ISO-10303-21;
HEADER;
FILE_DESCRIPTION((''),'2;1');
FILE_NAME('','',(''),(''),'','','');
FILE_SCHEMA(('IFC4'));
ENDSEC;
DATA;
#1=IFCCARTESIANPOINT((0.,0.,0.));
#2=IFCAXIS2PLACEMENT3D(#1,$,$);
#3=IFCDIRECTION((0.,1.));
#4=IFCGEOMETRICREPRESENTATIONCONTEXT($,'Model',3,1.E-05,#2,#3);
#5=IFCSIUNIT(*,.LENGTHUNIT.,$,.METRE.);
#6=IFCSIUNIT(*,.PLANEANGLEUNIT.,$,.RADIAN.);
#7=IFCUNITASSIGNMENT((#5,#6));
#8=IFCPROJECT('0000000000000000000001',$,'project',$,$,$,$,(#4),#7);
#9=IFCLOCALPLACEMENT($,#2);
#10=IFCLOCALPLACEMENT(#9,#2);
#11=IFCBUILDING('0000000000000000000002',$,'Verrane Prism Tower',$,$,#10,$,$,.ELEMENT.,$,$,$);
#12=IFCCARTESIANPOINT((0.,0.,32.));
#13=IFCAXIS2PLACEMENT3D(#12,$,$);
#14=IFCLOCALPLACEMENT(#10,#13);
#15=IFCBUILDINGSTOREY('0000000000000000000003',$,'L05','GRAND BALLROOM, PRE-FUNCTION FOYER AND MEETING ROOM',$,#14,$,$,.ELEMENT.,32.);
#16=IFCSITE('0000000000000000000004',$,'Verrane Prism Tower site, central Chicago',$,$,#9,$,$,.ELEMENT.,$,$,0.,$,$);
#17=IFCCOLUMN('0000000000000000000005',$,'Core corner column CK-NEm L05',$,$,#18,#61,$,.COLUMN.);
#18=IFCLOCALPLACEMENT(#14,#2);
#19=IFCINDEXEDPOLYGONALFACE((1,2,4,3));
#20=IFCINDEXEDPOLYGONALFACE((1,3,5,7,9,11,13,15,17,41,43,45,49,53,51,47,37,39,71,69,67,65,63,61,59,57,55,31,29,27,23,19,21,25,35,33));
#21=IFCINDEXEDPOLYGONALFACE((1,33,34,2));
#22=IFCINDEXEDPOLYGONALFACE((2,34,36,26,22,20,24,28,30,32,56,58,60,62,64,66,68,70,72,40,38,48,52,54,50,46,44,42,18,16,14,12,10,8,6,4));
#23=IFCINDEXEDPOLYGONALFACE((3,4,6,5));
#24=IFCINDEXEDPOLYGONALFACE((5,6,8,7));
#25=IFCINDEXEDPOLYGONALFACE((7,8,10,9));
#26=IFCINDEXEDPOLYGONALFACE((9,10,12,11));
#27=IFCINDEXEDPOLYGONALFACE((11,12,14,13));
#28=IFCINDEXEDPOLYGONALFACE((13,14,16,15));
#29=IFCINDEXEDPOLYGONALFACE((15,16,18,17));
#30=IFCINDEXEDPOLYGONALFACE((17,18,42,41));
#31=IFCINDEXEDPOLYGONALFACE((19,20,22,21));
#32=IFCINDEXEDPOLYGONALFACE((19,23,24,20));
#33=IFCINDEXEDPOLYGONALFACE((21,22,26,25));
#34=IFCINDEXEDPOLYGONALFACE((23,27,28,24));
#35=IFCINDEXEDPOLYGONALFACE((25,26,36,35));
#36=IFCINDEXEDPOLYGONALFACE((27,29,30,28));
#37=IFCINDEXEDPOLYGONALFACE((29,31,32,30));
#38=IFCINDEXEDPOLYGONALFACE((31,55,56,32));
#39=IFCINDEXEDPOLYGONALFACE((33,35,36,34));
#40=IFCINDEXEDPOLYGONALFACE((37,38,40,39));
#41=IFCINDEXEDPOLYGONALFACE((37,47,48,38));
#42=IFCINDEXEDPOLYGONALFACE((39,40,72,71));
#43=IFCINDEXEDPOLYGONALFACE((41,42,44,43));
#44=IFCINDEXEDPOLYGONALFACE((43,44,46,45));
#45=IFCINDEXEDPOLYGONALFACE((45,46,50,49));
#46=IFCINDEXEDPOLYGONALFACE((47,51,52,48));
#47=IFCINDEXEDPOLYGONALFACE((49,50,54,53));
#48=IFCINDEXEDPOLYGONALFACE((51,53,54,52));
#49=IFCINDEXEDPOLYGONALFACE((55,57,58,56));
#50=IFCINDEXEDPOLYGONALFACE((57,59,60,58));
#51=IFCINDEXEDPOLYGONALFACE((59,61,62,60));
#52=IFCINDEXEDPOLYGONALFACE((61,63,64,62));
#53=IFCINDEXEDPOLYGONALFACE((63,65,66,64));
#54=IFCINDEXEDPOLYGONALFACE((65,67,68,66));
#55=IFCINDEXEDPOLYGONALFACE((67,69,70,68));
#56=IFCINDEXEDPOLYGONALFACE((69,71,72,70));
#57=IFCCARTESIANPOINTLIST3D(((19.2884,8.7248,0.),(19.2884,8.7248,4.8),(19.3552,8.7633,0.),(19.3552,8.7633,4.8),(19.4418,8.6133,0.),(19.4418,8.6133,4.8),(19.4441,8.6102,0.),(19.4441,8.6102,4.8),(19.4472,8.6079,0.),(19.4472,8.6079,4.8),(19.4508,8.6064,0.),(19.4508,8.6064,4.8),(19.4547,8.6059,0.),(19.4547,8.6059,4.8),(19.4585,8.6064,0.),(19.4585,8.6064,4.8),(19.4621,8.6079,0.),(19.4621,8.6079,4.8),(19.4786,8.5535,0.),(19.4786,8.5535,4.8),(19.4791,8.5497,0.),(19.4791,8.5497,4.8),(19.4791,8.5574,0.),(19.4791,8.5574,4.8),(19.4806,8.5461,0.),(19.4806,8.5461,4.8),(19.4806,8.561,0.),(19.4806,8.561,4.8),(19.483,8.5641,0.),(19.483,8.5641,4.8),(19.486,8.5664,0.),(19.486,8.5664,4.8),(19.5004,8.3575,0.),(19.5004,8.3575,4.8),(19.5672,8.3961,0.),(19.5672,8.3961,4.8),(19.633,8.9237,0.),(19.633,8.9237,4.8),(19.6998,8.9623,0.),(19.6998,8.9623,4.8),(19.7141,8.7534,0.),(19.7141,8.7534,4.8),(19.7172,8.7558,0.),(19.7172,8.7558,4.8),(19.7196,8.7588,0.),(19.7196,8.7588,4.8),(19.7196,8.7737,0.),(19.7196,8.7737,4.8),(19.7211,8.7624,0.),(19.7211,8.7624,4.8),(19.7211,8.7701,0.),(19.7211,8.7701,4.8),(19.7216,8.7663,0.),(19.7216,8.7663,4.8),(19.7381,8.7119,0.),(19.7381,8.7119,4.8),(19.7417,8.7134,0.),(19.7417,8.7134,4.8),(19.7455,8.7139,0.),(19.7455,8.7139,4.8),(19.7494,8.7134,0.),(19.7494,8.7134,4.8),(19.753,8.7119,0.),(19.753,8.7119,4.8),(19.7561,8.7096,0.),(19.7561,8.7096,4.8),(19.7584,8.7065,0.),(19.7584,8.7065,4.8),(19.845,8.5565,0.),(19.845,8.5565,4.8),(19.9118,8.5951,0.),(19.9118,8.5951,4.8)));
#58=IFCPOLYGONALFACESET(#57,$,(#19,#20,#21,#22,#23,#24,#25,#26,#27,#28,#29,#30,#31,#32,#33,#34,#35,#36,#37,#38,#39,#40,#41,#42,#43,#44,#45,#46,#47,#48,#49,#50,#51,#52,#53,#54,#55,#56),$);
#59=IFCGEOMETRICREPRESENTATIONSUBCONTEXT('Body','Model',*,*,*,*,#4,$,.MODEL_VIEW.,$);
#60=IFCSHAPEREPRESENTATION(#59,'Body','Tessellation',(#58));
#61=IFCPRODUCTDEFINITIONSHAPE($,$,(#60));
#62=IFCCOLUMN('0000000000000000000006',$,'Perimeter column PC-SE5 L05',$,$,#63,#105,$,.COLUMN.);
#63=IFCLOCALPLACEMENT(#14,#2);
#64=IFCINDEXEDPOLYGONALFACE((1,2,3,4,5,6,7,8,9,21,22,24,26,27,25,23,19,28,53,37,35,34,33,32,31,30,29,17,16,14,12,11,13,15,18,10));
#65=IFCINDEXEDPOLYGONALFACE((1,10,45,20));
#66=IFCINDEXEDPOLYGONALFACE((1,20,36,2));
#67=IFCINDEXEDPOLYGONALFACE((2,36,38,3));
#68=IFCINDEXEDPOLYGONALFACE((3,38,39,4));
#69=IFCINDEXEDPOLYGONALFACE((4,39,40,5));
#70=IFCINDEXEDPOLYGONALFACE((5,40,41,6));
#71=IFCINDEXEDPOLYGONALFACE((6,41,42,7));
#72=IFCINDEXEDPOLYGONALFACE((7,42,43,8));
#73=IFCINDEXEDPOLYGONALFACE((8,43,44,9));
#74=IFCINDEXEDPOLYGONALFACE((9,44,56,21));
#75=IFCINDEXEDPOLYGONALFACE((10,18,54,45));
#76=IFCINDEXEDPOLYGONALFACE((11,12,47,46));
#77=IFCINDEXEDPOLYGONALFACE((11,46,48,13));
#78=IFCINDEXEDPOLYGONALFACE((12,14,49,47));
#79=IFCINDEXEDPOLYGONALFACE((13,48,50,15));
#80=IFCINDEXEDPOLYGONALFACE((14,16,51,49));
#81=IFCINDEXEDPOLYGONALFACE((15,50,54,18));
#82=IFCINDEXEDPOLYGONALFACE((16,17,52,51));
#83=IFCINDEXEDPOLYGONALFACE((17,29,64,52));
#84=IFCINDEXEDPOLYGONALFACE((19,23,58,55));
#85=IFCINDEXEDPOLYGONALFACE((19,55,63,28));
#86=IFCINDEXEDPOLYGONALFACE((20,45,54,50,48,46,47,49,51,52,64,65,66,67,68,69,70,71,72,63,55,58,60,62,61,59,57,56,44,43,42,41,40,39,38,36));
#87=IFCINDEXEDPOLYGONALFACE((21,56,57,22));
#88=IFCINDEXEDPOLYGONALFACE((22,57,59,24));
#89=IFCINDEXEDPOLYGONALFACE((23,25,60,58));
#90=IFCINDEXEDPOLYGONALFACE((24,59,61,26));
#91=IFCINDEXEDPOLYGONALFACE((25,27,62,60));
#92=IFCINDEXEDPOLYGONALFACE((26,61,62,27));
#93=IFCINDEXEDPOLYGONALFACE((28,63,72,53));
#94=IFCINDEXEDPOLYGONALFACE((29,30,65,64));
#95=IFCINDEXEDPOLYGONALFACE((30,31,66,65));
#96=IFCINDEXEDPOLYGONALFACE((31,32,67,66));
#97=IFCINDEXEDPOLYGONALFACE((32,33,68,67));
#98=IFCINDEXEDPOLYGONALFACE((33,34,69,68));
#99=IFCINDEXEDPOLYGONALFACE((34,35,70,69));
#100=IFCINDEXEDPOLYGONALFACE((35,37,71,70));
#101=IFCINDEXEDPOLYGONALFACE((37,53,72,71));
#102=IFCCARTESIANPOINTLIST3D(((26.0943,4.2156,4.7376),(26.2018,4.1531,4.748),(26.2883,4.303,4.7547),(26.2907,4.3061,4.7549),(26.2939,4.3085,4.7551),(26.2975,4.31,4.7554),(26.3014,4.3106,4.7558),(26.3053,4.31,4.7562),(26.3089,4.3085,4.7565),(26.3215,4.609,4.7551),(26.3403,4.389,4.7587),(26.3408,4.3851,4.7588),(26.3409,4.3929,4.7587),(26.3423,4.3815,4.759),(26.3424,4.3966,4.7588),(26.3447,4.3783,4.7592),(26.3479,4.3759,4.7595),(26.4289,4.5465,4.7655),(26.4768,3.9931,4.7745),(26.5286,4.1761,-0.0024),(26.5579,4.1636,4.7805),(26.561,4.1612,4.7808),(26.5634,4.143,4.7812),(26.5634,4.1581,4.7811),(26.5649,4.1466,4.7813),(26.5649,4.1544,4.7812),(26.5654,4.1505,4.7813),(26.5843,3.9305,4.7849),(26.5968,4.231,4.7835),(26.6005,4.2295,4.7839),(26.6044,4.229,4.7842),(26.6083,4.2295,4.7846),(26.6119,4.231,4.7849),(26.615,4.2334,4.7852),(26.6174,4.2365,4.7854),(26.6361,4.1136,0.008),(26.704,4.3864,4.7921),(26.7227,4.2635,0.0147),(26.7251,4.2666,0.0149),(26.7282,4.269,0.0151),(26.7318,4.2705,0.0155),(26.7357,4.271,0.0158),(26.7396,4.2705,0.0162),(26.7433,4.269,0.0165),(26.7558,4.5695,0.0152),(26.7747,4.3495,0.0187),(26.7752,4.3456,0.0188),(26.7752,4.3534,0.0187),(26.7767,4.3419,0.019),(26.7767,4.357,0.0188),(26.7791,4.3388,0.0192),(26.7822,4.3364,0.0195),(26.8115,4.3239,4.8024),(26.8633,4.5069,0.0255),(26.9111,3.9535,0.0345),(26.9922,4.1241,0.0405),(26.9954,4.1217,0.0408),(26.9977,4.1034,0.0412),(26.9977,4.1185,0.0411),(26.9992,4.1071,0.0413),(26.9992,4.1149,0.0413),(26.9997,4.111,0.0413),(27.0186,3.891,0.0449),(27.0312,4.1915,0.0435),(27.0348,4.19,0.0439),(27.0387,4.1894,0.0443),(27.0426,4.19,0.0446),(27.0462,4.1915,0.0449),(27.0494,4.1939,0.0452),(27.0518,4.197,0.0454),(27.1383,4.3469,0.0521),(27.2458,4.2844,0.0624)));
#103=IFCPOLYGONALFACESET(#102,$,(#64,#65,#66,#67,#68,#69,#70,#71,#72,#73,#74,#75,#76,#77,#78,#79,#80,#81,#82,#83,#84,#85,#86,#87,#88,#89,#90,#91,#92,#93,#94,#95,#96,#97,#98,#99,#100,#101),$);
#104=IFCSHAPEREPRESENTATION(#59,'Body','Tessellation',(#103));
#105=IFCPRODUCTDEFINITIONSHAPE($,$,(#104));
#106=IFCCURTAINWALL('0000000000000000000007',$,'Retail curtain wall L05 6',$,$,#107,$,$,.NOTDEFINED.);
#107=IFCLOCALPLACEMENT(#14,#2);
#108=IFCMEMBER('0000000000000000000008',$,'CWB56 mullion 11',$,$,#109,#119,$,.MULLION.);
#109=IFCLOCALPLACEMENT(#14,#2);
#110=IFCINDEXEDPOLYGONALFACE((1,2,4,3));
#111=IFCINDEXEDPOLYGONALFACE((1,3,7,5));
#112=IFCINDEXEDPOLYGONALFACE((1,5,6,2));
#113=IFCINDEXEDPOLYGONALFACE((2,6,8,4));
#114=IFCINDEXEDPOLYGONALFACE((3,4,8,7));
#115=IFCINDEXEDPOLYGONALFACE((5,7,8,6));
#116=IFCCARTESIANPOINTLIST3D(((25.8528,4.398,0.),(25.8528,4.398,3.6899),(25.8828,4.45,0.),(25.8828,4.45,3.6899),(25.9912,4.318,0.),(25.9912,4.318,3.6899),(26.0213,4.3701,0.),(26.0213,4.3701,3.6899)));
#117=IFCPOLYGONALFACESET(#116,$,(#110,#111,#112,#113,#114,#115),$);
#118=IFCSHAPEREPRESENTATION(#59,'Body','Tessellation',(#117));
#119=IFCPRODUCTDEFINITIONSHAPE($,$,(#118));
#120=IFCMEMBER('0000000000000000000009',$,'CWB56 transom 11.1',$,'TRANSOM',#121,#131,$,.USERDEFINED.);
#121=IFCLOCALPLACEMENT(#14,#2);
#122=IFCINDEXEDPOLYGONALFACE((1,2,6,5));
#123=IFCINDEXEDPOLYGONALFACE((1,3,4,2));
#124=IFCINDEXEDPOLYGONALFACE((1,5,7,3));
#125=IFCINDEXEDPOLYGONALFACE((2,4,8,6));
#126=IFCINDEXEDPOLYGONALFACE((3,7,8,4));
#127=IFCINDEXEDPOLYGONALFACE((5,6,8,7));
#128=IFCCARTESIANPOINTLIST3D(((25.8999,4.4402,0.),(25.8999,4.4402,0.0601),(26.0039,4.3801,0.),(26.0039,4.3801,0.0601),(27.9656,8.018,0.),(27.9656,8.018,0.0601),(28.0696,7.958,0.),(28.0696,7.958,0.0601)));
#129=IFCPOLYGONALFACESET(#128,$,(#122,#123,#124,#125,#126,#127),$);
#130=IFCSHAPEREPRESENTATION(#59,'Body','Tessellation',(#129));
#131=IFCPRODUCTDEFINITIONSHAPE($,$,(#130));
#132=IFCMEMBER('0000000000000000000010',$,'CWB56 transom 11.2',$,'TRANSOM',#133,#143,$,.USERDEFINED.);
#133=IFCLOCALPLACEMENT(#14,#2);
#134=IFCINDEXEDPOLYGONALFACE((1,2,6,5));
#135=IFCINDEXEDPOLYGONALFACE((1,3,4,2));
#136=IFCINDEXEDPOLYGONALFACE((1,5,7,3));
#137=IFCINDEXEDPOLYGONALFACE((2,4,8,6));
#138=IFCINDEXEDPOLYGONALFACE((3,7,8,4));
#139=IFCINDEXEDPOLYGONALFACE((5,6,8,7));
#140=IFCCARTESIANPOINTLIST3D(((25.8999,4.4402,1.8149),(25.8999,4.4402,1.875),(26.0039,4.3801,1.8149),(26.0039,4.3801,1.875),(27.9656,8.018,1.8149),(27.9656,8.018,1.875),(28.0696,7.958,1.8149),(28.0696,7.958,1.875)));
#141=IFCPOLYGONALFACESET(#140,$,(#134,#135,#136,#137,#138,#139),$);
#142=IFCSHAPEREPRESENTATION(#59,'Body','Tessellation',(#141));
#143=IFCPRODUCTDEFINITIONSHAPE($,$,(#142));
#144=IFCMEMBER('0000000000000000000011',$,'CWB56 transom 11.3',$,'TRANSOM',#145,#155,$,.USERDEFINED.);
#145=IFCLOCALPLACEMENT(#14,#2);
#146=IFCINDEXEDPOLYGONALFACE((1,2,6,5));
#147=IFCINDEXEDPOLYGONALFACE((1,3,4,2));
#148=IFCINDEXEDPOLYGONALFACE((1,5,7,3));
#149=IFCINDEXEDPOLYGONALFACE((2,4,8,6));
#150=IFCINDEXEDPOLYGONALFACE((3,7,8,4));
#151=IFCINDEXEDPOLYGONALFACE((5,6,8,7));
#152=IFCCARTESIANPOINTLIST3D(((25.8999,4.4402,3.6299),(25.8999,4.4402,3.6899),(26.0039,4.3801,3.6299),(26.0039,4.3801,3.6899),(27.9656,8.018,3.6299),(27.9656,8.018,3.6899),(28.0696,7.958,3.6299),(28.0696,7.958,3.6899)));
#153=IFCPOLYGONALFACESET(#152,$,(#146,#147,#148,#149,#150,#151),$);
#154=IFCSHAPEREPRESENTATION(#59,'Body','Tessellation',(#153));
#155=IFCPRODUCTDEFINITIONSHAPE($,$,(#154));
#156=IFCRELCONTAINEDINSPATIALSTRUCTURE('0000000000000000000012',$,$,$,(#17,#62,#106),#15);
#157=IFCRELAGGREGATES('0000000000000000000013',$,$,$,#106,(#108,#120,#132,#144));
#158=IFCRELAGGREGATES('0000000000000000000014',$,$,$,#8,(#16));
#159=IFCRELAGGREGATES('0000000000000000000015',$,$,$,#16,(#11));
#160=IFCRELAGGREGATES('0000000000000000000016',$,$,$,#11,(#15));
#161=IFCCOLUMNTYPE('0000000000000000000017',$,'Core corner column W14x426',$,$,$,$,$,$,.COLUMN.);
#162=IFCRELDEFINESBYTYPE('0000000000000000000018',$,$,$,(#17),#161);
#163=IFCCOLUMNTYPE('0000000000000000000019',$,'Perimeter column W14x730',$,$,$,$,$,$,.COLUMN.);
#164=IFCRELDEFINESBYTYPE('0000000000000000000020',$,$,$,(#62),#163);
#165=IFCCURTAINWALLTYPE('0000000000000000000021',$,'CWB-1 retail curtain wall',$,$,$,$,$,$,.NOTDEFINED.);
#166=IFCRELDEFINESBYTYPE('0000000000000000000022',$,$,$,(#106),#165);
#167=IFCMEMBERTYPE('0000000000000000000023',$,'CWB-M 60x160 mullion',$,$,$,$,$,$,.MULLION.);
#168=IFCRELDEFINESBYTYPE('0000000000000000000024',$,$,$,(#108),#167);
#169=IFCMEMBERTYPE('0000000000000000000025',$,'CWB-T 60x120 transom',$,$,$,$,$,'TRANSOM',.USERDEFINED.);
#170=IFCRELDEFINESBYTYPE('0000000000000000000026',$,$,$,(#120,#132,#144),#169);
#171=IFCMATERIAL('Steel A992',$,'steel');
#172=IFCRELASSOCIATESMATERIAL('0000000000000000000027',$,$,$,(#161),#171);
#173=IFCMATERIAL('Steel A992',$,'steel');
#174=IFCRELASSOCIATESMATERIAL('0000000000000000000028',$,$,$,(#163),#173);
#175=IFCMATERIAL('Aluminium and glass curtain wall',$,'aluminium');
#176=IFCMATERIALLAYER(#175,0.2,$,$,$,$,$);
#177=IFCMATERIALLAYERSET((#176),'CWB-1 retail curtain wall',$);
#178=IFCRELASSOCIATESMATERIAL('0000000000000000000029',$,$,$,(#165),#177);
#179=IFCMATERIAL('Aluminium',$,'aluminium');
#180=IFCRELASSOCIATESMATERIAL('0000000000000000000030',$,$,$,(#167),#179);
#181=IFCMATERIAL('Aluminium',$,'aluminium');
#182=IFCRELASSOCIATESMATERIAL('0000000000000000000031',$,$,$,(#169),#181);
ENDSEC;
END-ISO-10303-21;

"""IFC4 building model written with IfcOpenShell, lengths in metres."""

from ifc_helpers import new_model, si_unit, direction, frame, origin, origin_2d, place, context, subcontext, project, spatial, rectangle, i_section, extrude, material, layer, layer_set, material_profile, profile_set, type_object, element, aggregate, save


model = new_model("IFC4")

# Units and contexts
model_context = context("Model", 3, precision=1e-05, world=origin(), true_north=direction((0.0, 1.0)))
body_context = subcontext(model_context, "Body", "Model", "MODEL_VIEW")
ifc_project = project(units=[si_unit("LENGTHUNIT", "METRE"), si_unit("PLANEANGLEUNIT", "RADIAN")], contexts=[model_context])

# Site, building, storey
site_placement = place(None, origin())
site = spatial("IfcSite", under=ifc_project, at=site_placement, Name="Verrane Prism Tower site, central Chicago", CompositionType="ELEMENT", RefElevation=0.0)
building_placement = place(site_placement, origin())
building = spatial("IfcBuilding", under=site, at=building_placement, Name="Verrane Prism Tower", CompositionType="ELEMENT")
storey_placement = place(building_placement, frame((0.0, 0.0, 32.0)))
storey = spatial("IfcBuildingStorey", under=building, at=storey_placement, Name="L05", Description="GRAND BALLROOM, PRE-FUNCTION FOYER AND MEETING ROOM", CompositionType="ELEMENT", Elevation=32.0)

# Columns
ifc_material_1 = material(Name="Steel A992", Category="steel")
ifc_material_profile_1 = material_profile(ifc_material_1, i_section(OverallWidth=0.4241, OverallDepth=0.4751, WebThickness=0.0479, FlangeThickness=0.0771, FilletRadius=0.0149, at=origin_2d()), Name="W14x426")
ifc_profile_set_1 = profile_set([ifc_material_profile_1], Name="Steel A992")
column_type_1 = type_object("IfcColumnType", Name="Core corner column W14x426", PredefinedType="COLUMN", material=ifc_profile_set_1)
column_1_placement = place(storey_placement, frame((19.6001, 8.6599, 0.0), z_axis=(0.0, 0.0, 1.0), x_axis=(0.5, -0.866025, 0.0)))
element("IfcColumn", 1, at=column_1_placement, inside=storey, type_object=column_type_1, Name="Core corner column CK-NEm L05", PredefinedType="COLUMN", context=body_context, shape_type="SweptSolid", body=[
    extrude(i_section(OverallWidth=0.4241, OverallDepth=0.4751, WebThickness=0.0479, FlangeThickness=0.0771, FilletRadius=0.0149, at=origin_2d()), origin(), (0.0, 0.0, 1.0), 4.8),
])
ifc_material_2 = material(Name="Steel A992", Category="steel")
ifc_material_profile_2 = material_profile(ifc_material_2, i_section(OverallWidth=0.4546, OverallDepth=0.5688, WebThickness=0.0779, FlangeThickness=0.1248, FilletRadius=0.0151, at=origin_2d()), Name="W14x730")
ifc_profile_set_2 = profile_set([ifc_material_profile_2], Name="Steel A992")
column_type_2 = type_object("IfcColumnType", Name="Perimeter column W14x730", PredefinedType="COLUMN", material=ifc_profile_set_2)
column_2_placement = place(storey_placement, frame((26.8872, 4.2302, 0.03), z_axis=(-0.091245, 0.008309, 0.995794), x_axis=(-0.49976, -0.865305, -0.038573)))
element("IfcColumn", 2, at=column_2_placement, inside=storey, type_object=column_type_2, Name="Perimeter column PC-SE5 L05", PredefinedType="COLUMN", context=body_context, shape_type="SweptSolid", body=[
    extrude(i_section(OverallWidth=0.4546, OverallDepth=0.5688, WebThickness=0.0779, FlangeThickness=0.1248, FilletRadius=0.0151, at=origin_2d()), origin(), (0.0, 0.0, 1.0), 4.76),
])

# Curtain wall, members
ifc_material_3 = material(Name="Aluminium and glass curtain wall", Category="aluminium")
ifc_layer_1 = layer(ifc_material_3, 0.2)
ifc_layer_set_1 = layer_set([ifc_layer_1], Name="CWB-1 retail curtain wall")
curtain_wall_type = type_object("IfcCurtainWallType", Name="CWB-1 retail curtain wall", PredefinedType="NOTDEFINED", material=ifc_layer_set_1)
curtain_wall_placement = place(storey_placement, origin())
curtain_wall = element("IfcCurtainWall", 3, at=curtain_wall_placement, inside=storey, type_object=curtain_wall_type, Name="Retail curtain wall L05 6", PredefinedType="NOTDEFINED")
ifc_material_4 = material(Name="Aluminium", Category="aluminium")
ifc_material_profile_3 = material_profile(ifc_material_4, rectangle(XDim=0.1599, YDim=0.0601, at=origin_2d()), Name="CWB-M 60x160 mullion")
ifc_profile_set_3 = profile_set([ifc_material_profile_3], Name="Aluminium")
member_type_1 = type_object("IfcMemberType", Name="CWB-M 60x160 mullion", PredefinedType="MULLION", material=ifc_profile_set_3)
member_1_placement = place(storey_placement, frame((25.937, 4.384, 0.0), z_axis=(0.0, 0.0, 1.0), x_axis=(-0.866025, 0.5, 0.0)))
member_1 = element("IfcMember", 4, at=member_1_placement, type_object=member_type_1, Name="CWB56 mullion 11", PredefinedType="MULLION", context=body_context, shape_type="SweptSolid", body=[
    extrude(rectangle(XDim=0.1599, YDim=0.0601, at=origin_2d()), origin(), (0.0, 0.0, 1.0), 3.6899),
])
ifc_material_5 = material(Name="Aluminium", Category="aluminium")
ifc_material_profile_4 = material_profile(ifc_material_5, rectangle(XDim=0.1201, YDim=0.0601, at=origin_2d()), Name="CWB-T 60x120 transom")
ifc_profile_set_4 = profile_set([ifc_material_profile_4], Name="Aluminium")
member_type_2 = type_object("IfcMemberType", Name="CWB-T 60x120 transom", ElementType="TRANSOM", PredefinedType="USERDEFINED", material=ifc_profile_set_4)
member_2_placement = place(storey_placement, frame((25.9519, 4.4102, 0.03), z_axis=(0.499997, 0.866027, 0.0), x_axis=(-0.866027, 0.499997, 0.0)))
member_2 = element("IfcMember", 5, at=member_2_placement, type_object=member_type_2, Name="CWB56 transom 11.1", ObjectType="TRANSOM", PredefinedType="USERDEFINED", context=body_context, shape_type="SweptSolid", body=[
    extrude(rectangle(XDim=0.1201, YDim=0.0601, at=origin_2d()), origin(), (0.0, 0.0, 1.0), 4.1313),
])
member_3_placement = place(storey_placement, frame((25.9519, 4.4102, 1.845), z_axis=(0.499997, 0.866027, 0.0), x_axis=(-0.866027, 0.499997, 0.0)))
member_3 = element("IfcMember", 6, at=member_3_placement, type_object=member_type_2, Name="CWB56 transom 11.2", ObjectType="TRANSOM", PredefinedType="USERDEFINED", context=body_context, shape_type="SweptSolid", body=[
    extrude(rectangle(XDim=0.1201, YDim=0.0601, at=origin_2d()), origin(), (0.0, 0.0, 1.0), 4.1313),
])
member_4_placement = place(storey_placement, frame((25.9519, 4.4102, 3.6599), z_axis=(0.499997, 0.866027, 0.0), x_axis=(-0.866027, 0.499997, 0.0)))
member_4 = element("IfcMember", 7, at=member_4_placement, type_object=member_type_2, Name="CWB56 transom 11.3", ObjectType="TRANSOM", PredefinedType="USERDEFINED", context=body_context, shape_type="SweptSolid", body=[
    extrude(rectangle(XDim=0.1201, YDim=0.0601, at=origin_2d()), origin(), (0.0, 0.0, 1.0), 4.1313),
])

aggregate(curtain_wall, [member_1, member_2, member_3, member_4])

save(model, "model.ifc")
